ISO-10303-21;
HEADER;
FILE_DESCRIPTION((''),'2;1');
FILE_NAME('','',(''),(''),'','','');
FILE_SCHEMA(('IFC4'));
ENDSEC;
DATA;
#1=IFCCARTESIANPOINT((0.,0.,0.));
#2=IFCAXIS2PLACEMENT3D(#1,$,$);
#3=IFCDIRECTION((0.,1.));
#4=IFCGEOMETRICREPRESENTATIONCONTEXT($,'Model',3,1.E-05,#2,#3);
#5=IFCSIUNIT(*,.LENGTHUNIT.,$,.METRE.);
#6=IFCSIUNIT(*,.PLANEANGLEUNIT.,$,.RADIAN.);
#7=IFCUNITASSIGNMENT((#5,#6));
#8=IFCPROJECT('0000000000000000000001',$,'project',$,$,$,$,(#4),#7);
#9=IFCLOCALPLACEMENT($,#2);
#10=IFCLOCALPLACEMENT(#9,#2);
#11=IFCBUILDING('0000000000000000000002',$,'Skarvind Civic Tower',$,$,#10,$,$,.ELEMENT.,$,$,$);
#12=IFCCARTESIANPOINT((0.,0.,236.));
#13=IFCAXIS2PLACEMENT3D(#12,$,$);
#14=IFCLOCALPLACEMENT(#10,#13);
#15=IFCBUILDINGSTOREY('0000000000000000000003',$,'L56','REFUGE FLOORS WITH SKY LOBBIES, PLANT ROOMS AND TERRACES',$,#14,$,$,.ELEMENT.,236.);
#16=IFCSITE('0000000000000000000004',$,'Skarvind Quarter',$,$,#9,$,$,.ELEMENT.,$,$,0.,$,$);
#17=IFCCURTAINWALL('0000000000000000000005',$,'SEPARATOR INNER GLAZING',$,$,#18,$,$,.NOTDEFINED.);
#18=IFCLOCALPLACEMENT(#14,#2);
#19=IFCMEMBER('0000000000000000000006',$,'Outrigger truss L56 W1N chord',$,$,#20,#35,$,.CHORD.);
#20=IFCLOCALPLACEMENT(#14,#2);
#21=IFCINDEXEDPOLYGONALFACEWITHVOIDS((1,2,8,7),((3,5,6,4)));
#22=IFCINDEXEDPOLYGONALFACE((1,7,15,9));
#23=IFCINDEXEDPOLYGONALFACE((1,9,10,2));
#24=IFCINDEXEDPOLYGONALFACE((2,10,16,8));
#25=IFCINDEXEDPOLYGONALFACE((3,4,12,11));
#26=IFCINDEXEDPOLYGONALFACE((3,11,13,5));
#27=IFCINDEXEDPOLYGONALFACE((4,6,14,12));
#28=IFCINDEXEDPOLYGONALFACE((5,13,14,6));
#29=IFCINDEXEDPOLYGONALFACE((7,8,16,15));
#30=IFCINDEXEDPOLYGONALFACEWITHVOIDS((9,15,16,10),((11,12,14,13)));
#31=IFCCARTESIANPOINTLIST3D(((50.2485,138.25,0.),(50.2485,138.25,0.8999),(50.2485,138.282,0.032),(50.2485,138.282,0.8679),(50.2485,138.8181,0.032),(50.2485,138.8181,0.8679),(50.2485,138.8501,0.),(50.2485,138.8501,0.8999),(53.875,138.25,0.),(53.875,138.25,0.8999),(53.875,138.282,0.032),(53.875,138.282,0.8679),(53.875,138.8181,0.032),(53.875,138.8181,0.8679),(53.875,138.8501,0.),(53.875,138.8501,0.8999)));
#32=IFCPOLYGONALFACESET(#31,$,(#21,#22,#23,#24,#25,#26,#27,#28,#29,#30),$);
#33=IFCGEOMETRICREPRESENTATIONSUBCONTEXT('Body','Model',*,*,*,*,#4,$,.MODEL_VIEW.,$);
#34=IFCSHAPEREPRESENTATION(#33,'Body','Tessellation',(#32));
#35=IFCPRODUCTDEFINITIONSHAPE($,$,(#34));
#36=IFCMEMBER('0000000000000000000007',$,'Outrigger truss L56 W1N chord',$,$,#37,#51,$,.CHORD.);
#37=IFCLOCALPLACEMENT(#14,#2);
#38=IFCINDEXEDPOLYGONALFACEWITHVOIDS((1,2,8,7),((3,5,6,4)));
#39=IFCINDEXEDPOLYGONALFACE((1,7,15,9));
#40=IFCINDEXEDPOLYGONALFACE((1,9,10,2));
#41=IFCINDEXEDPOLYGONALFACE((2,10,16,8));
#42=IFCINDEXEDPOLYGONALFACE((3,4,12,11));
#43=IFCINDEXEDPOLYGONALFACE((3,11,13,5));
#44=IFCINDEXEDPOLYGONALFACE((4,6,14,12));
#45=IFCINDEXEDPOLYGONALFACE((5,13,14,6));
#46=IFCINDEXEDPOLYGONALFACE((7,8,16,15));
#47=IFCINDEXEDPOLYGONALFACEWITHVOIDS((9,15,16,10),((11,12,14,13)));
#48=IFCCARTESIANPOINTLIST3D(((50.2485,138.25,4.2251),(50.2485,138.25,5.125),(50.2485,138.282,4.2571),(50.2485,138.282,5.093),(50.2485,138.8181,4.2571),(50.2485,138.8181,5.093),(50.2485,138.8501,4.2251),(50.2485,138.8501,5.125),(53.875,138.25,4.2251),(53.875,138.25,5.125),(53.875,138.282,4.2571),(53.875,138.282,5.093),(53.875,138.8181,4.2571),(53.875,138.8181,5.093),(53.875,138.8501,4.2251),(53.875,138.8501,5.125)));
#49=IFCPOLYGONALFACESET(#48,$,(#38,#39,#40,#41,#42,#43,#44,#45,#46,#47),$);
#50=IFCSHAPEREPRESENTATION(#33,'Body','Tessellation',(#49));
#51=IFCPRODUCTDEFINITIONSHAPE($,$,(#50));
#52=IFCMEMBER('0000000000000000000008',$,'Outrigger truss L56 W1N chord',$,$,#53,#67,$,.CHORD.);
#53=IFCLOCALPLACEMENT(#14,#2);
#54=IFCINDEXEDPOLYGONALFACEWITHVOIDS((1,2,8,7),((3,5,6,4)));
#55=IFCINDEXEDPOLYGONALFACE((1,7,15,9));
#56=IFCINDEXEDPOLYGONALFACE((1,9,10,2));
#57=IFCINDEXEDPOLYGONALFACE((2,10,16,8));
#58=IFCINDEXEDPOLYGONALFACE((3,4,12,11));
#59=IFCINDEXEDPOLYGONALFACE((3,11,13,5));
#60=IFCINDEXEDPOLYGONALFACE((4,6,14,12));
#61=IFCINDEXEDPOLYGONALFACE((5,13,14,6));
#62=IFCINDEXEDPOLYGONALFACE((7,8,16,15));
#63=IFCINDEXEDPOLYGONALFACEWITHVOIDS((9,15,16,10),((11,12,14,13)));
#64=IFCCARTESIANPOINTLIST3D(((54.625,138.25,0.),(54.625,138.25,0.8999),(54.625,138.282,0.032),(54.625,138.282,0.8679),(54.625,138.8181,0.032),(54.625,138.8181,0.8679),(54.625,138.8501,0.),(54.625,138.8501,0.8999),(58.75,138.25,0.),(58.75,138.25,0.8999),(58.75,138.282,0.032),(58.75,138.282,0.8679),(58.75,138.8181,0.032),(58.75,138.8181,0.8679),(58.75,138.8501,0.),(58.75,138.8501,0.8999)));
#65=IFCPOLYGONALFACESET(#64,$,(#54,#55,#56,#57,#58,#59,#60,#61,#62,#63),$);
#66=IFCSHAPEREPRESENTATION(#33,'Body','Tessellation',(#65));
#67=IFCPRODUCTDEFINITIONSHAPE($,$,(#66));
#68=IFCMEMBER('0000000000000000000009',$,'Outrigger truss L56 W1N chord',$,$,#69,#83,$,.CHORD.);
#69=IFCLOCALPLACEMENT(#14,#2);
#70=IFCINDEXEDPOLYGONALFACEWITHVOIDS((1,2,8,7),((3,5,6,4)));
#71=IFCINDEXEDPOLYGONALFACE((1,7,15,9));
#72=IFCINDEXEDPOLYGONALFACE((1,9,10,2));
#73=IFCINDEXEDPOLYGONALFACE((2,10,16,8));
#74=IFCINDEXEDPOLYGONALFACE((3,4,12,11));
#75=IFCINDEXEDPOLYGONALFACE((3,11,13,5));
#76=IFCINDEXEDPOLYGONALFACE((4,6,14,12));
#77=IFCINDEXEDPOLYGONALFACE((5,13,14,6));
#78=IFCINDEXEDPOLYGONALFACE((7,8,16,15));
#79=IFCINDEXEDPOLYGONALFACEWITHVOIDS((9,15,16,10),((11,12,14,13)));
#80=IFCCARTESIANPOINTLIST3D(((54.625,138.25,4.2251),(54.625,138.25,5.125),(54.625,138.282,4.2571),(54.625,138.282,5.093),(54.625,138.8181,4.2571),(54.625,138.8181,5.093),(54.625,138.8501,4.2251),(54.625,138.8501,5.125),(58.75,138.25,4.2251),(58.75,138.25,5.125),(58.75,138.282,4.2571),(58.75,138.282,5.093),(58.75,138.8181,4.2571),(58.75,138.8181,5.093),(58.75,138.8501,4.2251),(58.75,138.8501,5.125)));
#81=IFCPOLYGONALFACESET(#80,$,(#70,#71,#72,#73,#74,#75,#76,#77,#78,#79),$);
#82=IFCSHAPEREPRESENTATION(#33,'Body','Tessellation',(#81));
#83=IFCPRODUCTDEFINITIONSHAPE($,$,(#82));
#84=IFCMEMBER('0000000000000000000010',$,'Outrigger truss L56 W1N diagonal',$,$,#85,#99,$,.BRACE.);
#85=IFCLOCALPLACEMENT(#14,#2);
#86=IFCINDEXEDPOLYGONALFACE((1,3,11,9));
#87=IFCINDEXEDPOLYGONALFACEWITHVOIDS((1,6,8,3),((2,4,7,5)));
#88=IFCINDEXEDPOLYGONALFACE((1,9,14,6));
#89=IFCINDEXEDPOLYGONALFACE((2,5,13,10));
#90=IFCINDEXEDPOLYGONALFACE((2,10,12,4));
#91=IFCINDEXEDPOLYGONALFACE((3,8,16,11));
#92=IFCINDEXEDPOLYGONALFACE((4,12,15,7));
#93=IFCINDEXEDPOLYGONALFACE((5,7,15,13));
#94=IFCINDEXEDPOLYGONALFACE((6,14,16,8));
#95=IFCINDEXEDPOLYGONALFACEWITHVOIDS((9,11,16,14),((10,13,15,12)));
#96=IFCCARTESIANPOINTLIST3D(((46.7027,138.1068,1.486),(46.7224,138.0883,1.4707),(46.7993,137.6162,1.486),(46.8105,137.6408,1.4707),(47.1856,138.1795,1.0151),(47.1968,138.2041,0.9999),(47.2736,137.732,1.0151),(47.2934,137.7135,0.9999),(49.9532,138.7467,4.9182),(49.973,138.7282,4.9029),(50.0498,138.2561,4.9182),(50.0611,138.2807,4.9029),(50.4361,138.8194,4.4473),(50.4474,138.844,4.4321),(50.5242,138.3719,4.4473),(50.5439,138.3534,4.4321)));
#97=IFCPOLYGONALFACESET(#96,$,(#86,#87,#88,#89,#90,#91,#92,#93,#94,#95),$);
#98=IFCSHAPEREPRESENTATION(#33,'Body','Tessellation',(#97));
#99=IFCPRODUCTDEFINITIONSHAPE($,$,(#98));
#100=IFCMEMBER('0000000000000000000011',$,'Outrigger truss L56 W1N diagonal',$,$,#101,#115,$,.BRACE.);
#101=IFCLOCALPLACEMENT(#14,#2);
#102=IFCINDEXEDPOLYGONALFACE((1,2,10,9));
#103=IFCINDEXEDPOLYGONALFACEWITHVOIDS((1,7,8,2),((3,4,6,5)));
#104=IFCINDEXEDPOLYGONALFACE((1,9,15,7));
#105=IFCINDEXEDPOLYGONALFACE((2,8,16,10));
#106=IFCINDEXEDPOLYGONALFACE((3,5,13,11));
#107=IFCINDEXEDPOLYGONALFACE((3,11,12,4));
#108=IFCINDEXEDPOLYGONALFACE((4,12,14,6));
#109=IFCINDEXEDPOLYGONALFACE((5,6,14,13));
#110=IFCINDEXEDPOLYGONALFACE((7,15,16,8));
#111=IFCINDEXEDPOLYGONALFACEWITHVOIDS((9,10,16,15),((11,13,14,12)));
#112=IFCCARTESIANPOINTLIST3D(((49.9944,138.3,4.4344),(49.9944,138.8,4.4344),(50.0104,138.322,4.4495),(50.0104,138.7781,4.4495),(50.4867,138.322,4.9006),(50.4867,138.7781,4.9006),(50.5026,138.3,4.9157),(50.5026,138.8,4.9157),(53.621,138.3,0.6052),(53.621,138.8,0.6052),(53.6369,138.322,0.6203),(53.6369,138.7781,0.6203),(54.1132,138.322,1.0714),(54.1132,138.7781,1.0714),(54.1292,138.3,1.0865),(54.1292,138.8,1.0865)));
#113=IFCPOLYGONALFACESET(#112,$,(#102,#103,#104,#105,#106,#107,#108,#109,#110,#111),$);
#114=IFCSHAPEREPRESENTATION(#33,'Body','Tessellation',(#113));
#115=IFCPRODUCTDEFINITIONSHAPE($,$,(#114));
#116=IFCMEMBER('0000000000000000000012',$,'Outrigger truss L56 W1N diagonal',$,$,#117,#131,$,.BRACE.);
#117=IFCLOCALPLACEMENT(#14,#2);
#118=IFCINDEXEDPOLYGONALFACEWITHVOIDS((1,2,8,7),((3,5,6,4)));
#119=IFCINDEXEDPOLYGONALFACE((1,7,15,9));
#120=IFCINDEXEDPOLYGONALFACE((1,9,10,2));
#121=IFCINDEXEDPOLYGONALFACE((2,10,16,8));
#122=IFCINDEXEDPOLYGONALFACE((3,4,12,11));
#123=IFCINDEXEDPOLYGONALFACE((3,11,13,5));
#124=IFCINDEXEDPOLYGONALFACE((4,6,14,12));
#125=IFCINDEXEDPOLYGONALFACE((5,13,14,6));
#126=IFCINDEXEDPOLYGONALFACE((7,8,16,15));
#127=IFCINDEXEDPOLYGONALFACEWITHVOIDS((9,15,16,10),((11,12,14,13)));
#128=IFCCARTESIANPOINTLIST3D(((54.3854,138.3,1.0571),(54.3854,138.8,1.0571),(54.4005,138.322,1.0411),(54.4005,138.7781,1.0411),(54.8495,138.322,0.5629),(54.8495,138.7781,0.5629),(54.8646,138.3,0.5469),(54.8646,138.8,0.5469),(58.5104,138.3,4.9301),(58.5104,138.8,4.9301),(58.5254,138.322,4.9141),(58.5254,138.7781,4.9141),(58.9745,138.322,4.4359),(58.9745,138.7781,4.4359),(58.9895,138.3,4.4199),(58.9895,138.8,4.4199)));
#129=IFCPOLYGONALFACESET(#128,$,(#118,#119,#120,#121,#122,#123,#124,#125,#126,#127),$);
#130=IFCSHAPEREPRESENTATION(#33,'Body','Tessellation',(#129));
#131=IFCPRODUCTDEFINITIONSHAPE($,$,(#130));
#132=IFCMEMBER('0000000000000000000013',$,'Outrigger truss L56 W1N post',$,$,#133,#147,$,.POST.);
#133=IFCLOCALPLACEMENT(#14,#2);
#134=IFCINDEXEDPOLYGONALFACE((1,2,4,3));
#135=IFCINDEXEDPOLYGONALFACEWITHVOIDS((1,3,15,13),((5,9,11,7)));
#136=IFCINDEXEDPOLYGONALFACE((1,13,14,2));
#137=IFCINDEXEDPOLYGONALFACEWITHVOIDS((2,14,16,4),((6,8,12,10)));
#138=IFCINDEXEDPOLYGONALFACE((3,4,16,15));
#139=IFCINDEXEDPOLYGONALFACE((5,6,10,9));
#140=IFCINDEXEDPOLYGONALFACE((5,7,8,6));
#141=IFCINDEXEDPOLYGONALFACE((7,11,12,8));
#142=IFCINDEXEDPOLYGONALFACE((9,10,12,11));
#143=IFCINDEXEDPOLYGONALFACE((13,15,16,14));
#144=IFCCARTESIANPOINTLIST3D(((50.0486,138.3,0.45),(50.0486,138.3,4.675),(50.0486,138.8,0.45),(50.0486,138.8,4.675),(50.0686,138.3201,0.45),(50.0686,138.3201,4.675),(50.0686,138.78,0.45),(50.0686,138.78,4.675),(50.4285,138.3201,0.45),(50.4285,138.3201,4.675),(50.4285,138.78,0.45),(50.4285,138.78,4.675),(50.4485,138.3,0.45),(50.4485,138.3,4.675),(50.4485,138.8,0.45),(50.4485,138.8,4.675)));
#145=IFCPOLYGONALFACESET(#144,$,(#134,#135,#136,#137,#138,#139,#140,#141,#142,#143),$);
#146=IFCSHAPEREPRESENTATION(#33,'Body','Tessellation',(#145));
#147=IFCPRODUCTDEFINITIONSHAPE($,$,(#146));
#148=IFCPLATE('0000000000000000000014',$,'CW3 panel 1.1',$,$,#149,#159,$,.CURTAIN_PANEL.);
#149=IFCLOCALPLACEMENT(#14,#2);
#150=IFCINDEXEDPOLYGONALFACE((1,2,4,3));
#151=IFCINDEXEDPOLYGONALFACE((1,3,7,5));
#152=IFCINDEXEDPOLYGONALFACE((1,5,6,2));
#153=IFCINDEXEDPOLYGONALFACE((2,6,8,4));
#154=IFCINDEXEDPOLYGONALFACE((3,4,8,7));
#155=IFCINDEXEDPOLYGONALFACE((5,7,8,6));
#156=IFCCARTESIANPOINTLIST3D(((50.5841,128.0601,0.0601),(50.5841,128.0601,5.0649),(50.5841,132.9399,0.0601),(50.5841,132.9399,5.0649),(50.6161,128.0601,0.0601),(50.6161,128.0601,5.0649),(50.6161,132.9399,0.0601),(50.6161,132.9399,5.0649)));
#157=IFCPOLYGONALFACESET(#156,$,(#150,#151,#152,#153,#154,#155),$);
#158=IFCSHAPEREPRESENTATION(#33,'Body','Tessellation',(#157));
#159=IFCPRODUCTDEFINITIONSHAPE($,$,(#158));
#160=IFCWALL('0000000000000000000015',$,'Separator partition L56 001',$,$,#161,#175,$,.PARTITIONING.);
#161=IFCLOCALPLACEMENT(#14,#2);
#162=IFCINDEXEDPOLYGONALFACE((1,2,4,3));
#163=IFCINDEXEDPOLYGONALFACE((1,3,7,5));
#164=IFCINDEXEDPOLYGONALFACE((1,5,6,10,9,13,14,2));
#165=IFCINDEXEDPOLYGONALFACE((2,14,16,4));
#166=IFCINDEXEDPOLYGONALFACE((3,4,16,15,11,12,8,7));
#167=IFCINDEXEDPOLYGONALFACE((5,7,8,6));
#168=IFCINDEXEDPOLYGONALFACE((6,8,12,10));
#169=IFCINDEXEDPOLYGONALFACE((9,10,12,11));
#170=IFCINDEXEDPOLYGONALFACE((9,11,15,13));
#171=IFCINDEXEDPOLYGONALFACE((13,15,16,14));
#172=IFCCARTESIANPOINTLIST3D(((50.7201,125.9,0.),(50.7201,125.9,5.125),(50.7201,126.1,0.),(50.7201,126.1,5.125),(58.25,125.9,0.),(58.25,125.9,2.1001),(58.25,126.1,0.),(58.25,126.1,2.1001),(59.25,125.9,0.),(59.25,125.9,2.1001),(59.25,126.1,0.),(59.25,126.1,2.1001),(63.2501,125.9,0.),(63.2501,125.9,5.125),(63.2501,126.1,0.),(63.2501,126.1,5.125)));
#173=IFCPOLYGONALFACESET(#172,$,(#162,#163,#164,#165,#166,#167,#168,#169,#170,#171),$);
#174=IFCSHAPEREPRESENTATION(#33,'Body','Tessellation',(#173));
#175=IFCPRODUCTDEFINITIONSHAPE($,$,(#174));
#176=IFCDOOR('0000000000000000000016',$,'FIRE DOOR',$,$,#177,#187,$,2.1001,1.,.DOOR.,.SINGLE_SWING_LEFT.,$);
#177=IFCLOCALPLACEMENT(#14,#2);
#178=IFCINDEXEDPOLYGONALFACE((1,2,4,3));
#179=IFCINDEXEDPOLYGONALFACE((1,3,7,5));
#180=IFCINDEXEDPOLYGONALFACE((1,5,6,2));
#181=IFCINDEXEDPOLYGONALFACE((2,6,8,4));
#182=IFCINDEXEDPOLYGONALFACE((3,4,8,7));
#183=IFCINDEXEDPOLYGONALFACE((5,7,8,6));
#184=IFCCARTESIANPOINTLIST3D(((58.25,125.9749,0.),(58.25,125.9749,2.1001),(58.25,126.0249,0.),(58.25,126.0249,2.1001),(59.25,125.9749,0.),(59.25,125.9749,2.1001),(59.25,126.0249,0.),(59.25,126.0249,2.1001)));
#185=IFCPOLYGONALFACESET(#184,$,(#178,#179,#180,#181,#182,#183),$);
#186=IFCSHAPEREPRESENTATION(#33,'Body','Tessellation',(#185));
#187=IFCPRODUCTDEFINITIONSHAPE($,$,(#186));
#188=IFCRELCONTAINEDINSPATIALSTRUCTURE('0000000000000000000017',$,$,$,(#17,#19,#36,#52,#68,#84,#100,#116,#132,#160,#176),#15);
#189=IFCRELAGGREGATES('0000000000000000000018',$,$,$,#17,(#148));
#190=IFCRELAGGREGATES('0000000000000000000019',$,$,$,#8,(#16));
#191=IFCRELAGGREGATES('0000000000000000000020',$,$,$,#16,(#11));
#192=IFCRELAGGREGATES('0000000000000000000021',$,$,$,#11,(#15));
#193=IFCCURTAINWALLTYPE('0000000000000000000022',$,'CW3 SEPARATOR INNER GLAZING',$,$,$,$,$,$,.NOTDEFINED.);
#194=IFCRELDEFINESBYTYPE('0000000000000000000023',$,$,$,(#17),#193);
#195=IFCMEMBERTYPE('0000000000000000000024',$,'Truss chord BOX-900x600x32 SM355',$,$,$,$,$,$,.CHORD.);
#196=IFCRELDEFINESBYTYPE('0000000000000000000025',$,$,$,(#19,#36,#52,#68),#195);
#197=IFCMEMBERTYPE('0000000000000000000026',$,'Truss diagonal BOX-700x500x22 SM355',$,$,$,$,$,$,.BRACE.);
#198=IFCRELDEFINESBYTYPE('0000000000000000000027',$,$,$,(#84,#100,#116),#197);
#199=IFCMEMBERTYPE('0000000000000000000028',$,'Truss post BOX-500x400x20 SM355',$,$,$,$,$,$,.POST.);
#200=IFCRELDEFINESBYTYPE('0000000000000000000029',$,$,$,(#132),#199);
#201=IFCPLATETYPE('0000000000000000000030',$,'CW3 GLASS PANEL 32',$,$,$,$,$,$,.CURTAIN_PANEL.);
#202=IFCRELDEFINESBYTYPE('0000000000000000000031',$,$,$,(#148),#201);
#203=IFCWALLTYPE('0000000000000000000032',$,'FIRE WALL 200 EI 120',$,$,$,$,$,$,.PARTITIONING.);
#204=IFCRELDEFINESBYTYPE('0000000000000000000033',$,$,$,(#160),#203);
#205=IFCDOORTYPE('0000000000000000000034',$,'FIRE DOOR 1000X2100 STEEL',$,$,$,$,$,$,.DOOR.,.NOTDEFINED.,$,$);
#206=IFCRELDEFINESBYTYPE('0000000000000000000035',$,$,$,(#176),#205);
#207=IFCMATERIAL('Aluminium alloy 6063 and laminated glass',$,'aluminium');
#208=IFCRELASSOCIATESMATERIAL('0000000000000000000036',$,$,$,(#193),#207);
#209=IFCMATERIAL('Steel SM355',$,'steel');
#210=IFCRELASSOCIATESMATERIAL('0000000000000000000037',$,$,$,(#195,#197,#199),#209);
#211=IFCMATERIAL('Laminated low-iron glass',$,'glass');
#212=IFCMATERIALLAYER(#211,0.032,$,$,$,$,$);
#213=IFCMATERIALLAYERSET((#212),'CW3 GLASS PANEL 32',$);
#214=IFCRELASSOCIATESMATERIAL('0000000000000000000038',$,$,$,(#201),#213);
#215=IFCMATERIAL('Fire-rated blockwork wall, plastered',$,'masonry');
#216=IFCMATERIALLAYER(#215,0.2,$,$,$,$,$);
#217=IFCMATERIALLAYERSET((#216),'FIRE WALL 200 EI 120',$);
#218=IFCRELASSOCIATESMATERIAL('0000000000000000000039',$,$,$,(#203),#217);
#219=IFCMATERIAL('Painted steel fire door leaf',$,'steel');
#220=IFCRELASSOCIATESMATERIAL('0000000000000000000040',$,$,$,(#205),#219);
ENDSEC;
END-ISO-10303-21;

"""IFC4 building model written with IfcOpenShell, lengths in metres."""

from ifc_helpers import new_model, si_unit, direction, frame, frame_2d, origin, origin_2d, place, context, subcontext, project, spatial, rectangle, hollow_rectangle, extrude, material, layer, layer_set, material_profile, profile_set, type_object, element, fill, aggregate, save


model = new_model("IFC4")

# Units and contexts
model_context = context("Model", 3, precision=1e-05, world=origin(), true_north=direction((0.0, 1.0)))
body_context = subcontext(model_context, "Body", "Model", "MODEL_VIEW")
ifc_project = project(units=[si_unit("LENGTHUNIT", "METRE"), si_unit("PLANEANGLEUNIT", "RADIAN")], contexts=[model_context])

# Site, building, storey
site_placement = place(None, origin())
site = spatial("IfcSite", under=ifc_project, at=site_placement, Name="Skarvind Quarter", CompositionType="ELEMENT", RefElevation=0.0)
building_placement = place(site_placement, origin())
building = spatial("IfcBuilding", under=site, at=building_placement, Name="Skarvind Civic Tower", CompositionType="ELEMENT")
storey_placement = place(building_placement, frame((0.0, 0.0, 236.0)))
storey = spatial("IfcBuildingStorey", under=building, at=storey_placement, Name="L56", Description="REFUGE FLOORS WITH SKY LOBBIES, PLANT ROOMS AND TERRACES", CompositionType="ELEMENT", Elevation=236.0)

# Shared definitions
ifc_material_1 = material(Name="Aluminium alloy 6063 and laminated glass", Category="aluminium")
curtain_wall_type = type_object("IfcCurtainWallType", Name="CW3 SEPARATOR INNER GLAZING", PredefinedType="NOTDEFINED", material=ifc_material_1)

# Curtain wall
curtain_wall_1_placement = place(storey_placement, origin())
curtain_wall_1 = element("IfcCurtainWall", 1, at=curtain_wall_1_placement, inside=storey, type_object=curtain_wall_type, Name="SEPARATOR INNER GLAZING", PredefinedType="NOTDEFINED")

# Members
ifc_material_2 = material(Name="Steel SM355", Category="steel")
ifc_material_profile_1 = material_profile(ifc_material_2, hollow_rectangle(XDim=0.6001, YDim=0.8999, WallThickness=0.032, at=origin_2d()), Name="BOX-900x600x32")
ifc_profile_set_1 = profile_set([ifc_material_profile_1], Name="Steel SM355")
member_type_1 = type_object("IfcMemberType", Name="Truss chord BOX-900x600x32 SM355", PredefinedType="CHORD", material=ifc_profile_set_1)
for number, where, z_axis, x_axis, name in (
    (2, (50.2485, 138.55, 0.45), (1.0, 0.0, 0.0), (0.0, 1.0, 0.0), "Outrigger truss L56 W1N chord"),
    (3, (50.2485, 138.55, 4.675), (1.0, 0.0, 0.0), (0.0, 1.0, 0.0), "Outrigger truss L56 W1N chord"),
):
    element("IfcMember", number, at=place(storey_placement, frame(where, z_axis=z_axis, x_axis=x_axis)), inside=storey, type_object=member_type_1, Name=name, PredefinedType="CHORD", context=body_context, shape_type="SweptSolid", body=[
        extrude(hollow_rectangle(XDim=0.6001, YDim=0.8999, WallThickness=0.032, at=origin_2d()), origin(), (0.0, 0.0, 1.0), 3.6265),
    ])
for number, where, z_axis, x_axis, name in (
    (4, (54.625, 138.55, 0.45), (1.0, 0.0, 0.0), (0.0, 1.0, 0.0), "Outrigger truss L56 W1N chord"),
    (5, (54.625, 138.55, 4.675), (1.0, 0.0, 0.0), (0.0, 1.0, 0.0), "Outrigger truss L56 W1N chord"),
):
    element("IfcMember", number, at=place(storey_placement, frame(where, z_axis=z_axis, x_axis=x_axis)), inside=storey, type_object=member_type_1, Name=name, PredefinedType="CHORD", context=body_context, shape_type="SweptSolid", body=[
        extrude(hollow_rectangle(XDim=0.6001, YDim=0.8999, WallThickness=0.032, at=origin_2d()), origin(), (0.0, 0.0, 1.0), 4.125),
    ])
ifc_material_profile_2 = material_profile(ifc_material_2, hollow_rectangle(XDim=0.5, YDim=0.7, WallThickness=0.022, at=origin_2d()), Name="BOX-700x500x22")
ifc_profile_set_2 = profile_set([ifc_material_profile_2], Name="Steel SM355")
member_type_2 = type_object("IfcMemberType", Name="Truss diagonal BOX-700x500x22 SM355", PredefinedType="BRACE", material=ifc_profile_set_2)
member_1_placement = place(storey_placement, frame((46.998, 137.9102, 1.2429), z_axis=(0.681418, 0.134144, 0.719496), x_axis=(-0.193153, 0.981169, 0.0)))
element("IfcMember", 6, at=member_1_placement, inside=storey, type_object=member_type_2, Name="Outrigger truss L56 W1N diagonal", PredefinedType="BRACE", context=body_context, shape_type="SweptSolid", body=[
    extrude(hollow_rectangle(XDim=0.5, YDim=0.7, WallThickness=0.022, at=origin_2d()), origin(), (0.0, 0.0, 1.0), 4.7703),
])
member_2_placement = place(storey_placement, frame((50.2485, 138.55, 4.675), z_axis=(0.687634, 0.0, -0.726057), x_axis=(0.0, 1.0, 0.0)))
element("IfcMember", 7, at=member_2_placement, inside=storey, type_object=member_type_2, Name="Outrigger truss L56 W1N diagonal", PredefinedType="BRACE", context=body_context, shape_type="SweptSolid", body=[
    extrude(hollow_rectangle(XDim=0.5, YDim=0.7, WallThickness=0.022, at=origin_2d()), origin(), (0.0, 0.0, 1.0), 5.2739),
])
member_3_placement = place(storey_placement, frame((54.625, 138.55, 0.802), z_axis=(0.72902, 0.0, 0.684492), x_axis=(0.0, 1.0, 0.0)))
element("IfcMember", 8, at=member_3_placement, inside=storey, type_object=member_type_2, Name="Outrigger truss L56 W1N diagonal", PredefinedType="BRACE", context=body_context, shape_type="SweptSolid", body=[
    extrude(hollow_rectangle(XDim=0.5, YDim=0.7, WallThickness=0.022, at=origin_2d()), origin(), (0.0, 0.0, 1.0), 5.6582),
])
ifc_material_profile_3 = material_profile(ifc_material_2, hollow_rectangle(XDim=0.3999, YDim=0.5, WallThickness=0.02, at=origin_2d()), Name="BOX-500x400x20")
ifc_profile_set_3 = profile_set([ifc_material_profile_3], Name="Steel SM355")
member_type_3 = type_object("IfcMemberType", Name="Truss post BOX-500x400x20 SM355", PredefinedType="POST", material=ifc_profile_set_3)
member_4_placement = place(storey_placement, frame((50.2485, 138.55, 0.45), z_axis=(0.0, 0.0, 1.0), x_axis=(1.0, 0.0, 0.0)))
element("IfcMember", 9, at=member_4_placement, inside=storey, type_object=member_type_3, Name="Outrigger truss L56 W1N post", PredefinedType="POST", context=body_context, shape_type="SweptSolid", body=[
    extrude(hollow_rectangle(XDim=0.3999, YDim=0.5, WallThickness=0.02, at=origin_2d()), origin(), (0.0, 0.0, 1.0), 4.2251),
])

# Plate
ifc_material_3 = material(Name="Laminated low-iron glass", Category="glass")
ifc_layer_1 = layer(ifc_material_3, 0.032)
ifc_layer_set_1 = layer_set([ifc_layer_1], Name="CW3 GLASS PANEL 32")
plate_type = type_object("IfcPlateType", Name="CW3 GLASS PANEL 32", PredefinedType="CURTAIN_PANEL", material=ifc_layer_set_1)
plate_placement = place(storey_placement, frame((50.6001, 130.5, 0.0601), z_axis=(0.0, 0.0, 1.0), x_axis=(0.0, 1.0, 0.0)))
plate = element("IfcPlate", 10, at=plate_placement, type_object=plate_type, Name="CW3 panel 1.1", PredefinedType="CURTAIN_PANEL", context=body_context, shape_type="SweptSolid", body=[
    extrude(rectangle(XDim=4.8799, YDim=0.032, at=origin_2d()), origin(), (0.0, 0.0, 1.0), 5.0049),
])
aggregate(curtain_wall_1, [plate])

# Wall, opening, door
ifc_material_4 = material(Name="Fire-rated blockwork wall, plastered", Category="masonry")
ifc_layer_2 = layer(ifc_material_4, 0.2)
ifc_layer_set_2 = layer_set([ifc_layer_2], Name="FIRE WALL 200 EI 120")
wall_type_1 = type_object("IfcWallType", Name="FIRE WALL 200 EI 120", PredefinedType="PARTITIONING", material=ifc_layer_set_2)
wall_1_placement = place(storey_placement, frame((50.72, 126.0, 0.0), z_axis=(0.0, 0.0, 1.0), x_axis=(1.0, 0.0, 0.0)))
wall_1 = element("IfcWall", 11, at=wall_1_placement, inside=storey, type_object=wall_type_1, Name="Separator partition L56 001", PredefinedType="PARTITIONING", context=body_context, shape_type="SweptSolid", body=[
    extrude(rectangle(XDim=12.53, YDim=0.2, at=frame_2d((6.2651, 0.0))), origin(), (0.0, 0.0, 1.0), 5.125),
])
opening_1_placement = place(wall_1_placement, frame((7.53, 0.0, 0.0)))
opening_1 = element("IfcOpeningElement", 12, at=opening_1_placement, cuts=wall_1, PredefinedType="OPENING", context=body_context, shape_type="SweptSolid", body=[
    extrude(rectangle(XDim=1.0, YDim=2.1001, at=frame_2d((0.5, 1.05))), frame((0.0, 0.1099, 0.0), z_axis=(0.0, -1.0, 0.0), x_axis=(1.0, 0.0, 0.0)), (0.0, 0.0, 1.0), 0.22),
])
ifc_material_5 = material(Name="Painted steel fire door leaf", Category="steel")
door_type_1 = type_object("IfcDoorType", Name="FIRE DOOR 1000X2100 STEEL", OperationType="NOTDEFINED", PredefinedType="DOOR", material=ifc_material_5)
door_1_placement = place(opening_1_placement, origin())
door_1 = element("IfcDoor", 13, at=door_1_placement, inside=storey, type_object=door_type_1, Name="FIRE DOOR", OperationType="SINGLE_SWING_LEFT", OverallHeight=2.1001, OverallWidth=1.0, PredefinedType="DOOR", context=body_context, shape_type="SweptSolid", body=[
    extrude(rectangle(XDim=1.0, YDim=2.1001, at=frame_2d((0.5, 1.05))), frame((0.0, 0.0249, 0.0), z_axis=(0.0, -1.0, 0.0), x_axis=(1.0, 0.0, 0.0)), (0.0, 0.0, 1.0), 0.05),
])
fill(opening_1, door_1)

save(model, "model.ifc")
